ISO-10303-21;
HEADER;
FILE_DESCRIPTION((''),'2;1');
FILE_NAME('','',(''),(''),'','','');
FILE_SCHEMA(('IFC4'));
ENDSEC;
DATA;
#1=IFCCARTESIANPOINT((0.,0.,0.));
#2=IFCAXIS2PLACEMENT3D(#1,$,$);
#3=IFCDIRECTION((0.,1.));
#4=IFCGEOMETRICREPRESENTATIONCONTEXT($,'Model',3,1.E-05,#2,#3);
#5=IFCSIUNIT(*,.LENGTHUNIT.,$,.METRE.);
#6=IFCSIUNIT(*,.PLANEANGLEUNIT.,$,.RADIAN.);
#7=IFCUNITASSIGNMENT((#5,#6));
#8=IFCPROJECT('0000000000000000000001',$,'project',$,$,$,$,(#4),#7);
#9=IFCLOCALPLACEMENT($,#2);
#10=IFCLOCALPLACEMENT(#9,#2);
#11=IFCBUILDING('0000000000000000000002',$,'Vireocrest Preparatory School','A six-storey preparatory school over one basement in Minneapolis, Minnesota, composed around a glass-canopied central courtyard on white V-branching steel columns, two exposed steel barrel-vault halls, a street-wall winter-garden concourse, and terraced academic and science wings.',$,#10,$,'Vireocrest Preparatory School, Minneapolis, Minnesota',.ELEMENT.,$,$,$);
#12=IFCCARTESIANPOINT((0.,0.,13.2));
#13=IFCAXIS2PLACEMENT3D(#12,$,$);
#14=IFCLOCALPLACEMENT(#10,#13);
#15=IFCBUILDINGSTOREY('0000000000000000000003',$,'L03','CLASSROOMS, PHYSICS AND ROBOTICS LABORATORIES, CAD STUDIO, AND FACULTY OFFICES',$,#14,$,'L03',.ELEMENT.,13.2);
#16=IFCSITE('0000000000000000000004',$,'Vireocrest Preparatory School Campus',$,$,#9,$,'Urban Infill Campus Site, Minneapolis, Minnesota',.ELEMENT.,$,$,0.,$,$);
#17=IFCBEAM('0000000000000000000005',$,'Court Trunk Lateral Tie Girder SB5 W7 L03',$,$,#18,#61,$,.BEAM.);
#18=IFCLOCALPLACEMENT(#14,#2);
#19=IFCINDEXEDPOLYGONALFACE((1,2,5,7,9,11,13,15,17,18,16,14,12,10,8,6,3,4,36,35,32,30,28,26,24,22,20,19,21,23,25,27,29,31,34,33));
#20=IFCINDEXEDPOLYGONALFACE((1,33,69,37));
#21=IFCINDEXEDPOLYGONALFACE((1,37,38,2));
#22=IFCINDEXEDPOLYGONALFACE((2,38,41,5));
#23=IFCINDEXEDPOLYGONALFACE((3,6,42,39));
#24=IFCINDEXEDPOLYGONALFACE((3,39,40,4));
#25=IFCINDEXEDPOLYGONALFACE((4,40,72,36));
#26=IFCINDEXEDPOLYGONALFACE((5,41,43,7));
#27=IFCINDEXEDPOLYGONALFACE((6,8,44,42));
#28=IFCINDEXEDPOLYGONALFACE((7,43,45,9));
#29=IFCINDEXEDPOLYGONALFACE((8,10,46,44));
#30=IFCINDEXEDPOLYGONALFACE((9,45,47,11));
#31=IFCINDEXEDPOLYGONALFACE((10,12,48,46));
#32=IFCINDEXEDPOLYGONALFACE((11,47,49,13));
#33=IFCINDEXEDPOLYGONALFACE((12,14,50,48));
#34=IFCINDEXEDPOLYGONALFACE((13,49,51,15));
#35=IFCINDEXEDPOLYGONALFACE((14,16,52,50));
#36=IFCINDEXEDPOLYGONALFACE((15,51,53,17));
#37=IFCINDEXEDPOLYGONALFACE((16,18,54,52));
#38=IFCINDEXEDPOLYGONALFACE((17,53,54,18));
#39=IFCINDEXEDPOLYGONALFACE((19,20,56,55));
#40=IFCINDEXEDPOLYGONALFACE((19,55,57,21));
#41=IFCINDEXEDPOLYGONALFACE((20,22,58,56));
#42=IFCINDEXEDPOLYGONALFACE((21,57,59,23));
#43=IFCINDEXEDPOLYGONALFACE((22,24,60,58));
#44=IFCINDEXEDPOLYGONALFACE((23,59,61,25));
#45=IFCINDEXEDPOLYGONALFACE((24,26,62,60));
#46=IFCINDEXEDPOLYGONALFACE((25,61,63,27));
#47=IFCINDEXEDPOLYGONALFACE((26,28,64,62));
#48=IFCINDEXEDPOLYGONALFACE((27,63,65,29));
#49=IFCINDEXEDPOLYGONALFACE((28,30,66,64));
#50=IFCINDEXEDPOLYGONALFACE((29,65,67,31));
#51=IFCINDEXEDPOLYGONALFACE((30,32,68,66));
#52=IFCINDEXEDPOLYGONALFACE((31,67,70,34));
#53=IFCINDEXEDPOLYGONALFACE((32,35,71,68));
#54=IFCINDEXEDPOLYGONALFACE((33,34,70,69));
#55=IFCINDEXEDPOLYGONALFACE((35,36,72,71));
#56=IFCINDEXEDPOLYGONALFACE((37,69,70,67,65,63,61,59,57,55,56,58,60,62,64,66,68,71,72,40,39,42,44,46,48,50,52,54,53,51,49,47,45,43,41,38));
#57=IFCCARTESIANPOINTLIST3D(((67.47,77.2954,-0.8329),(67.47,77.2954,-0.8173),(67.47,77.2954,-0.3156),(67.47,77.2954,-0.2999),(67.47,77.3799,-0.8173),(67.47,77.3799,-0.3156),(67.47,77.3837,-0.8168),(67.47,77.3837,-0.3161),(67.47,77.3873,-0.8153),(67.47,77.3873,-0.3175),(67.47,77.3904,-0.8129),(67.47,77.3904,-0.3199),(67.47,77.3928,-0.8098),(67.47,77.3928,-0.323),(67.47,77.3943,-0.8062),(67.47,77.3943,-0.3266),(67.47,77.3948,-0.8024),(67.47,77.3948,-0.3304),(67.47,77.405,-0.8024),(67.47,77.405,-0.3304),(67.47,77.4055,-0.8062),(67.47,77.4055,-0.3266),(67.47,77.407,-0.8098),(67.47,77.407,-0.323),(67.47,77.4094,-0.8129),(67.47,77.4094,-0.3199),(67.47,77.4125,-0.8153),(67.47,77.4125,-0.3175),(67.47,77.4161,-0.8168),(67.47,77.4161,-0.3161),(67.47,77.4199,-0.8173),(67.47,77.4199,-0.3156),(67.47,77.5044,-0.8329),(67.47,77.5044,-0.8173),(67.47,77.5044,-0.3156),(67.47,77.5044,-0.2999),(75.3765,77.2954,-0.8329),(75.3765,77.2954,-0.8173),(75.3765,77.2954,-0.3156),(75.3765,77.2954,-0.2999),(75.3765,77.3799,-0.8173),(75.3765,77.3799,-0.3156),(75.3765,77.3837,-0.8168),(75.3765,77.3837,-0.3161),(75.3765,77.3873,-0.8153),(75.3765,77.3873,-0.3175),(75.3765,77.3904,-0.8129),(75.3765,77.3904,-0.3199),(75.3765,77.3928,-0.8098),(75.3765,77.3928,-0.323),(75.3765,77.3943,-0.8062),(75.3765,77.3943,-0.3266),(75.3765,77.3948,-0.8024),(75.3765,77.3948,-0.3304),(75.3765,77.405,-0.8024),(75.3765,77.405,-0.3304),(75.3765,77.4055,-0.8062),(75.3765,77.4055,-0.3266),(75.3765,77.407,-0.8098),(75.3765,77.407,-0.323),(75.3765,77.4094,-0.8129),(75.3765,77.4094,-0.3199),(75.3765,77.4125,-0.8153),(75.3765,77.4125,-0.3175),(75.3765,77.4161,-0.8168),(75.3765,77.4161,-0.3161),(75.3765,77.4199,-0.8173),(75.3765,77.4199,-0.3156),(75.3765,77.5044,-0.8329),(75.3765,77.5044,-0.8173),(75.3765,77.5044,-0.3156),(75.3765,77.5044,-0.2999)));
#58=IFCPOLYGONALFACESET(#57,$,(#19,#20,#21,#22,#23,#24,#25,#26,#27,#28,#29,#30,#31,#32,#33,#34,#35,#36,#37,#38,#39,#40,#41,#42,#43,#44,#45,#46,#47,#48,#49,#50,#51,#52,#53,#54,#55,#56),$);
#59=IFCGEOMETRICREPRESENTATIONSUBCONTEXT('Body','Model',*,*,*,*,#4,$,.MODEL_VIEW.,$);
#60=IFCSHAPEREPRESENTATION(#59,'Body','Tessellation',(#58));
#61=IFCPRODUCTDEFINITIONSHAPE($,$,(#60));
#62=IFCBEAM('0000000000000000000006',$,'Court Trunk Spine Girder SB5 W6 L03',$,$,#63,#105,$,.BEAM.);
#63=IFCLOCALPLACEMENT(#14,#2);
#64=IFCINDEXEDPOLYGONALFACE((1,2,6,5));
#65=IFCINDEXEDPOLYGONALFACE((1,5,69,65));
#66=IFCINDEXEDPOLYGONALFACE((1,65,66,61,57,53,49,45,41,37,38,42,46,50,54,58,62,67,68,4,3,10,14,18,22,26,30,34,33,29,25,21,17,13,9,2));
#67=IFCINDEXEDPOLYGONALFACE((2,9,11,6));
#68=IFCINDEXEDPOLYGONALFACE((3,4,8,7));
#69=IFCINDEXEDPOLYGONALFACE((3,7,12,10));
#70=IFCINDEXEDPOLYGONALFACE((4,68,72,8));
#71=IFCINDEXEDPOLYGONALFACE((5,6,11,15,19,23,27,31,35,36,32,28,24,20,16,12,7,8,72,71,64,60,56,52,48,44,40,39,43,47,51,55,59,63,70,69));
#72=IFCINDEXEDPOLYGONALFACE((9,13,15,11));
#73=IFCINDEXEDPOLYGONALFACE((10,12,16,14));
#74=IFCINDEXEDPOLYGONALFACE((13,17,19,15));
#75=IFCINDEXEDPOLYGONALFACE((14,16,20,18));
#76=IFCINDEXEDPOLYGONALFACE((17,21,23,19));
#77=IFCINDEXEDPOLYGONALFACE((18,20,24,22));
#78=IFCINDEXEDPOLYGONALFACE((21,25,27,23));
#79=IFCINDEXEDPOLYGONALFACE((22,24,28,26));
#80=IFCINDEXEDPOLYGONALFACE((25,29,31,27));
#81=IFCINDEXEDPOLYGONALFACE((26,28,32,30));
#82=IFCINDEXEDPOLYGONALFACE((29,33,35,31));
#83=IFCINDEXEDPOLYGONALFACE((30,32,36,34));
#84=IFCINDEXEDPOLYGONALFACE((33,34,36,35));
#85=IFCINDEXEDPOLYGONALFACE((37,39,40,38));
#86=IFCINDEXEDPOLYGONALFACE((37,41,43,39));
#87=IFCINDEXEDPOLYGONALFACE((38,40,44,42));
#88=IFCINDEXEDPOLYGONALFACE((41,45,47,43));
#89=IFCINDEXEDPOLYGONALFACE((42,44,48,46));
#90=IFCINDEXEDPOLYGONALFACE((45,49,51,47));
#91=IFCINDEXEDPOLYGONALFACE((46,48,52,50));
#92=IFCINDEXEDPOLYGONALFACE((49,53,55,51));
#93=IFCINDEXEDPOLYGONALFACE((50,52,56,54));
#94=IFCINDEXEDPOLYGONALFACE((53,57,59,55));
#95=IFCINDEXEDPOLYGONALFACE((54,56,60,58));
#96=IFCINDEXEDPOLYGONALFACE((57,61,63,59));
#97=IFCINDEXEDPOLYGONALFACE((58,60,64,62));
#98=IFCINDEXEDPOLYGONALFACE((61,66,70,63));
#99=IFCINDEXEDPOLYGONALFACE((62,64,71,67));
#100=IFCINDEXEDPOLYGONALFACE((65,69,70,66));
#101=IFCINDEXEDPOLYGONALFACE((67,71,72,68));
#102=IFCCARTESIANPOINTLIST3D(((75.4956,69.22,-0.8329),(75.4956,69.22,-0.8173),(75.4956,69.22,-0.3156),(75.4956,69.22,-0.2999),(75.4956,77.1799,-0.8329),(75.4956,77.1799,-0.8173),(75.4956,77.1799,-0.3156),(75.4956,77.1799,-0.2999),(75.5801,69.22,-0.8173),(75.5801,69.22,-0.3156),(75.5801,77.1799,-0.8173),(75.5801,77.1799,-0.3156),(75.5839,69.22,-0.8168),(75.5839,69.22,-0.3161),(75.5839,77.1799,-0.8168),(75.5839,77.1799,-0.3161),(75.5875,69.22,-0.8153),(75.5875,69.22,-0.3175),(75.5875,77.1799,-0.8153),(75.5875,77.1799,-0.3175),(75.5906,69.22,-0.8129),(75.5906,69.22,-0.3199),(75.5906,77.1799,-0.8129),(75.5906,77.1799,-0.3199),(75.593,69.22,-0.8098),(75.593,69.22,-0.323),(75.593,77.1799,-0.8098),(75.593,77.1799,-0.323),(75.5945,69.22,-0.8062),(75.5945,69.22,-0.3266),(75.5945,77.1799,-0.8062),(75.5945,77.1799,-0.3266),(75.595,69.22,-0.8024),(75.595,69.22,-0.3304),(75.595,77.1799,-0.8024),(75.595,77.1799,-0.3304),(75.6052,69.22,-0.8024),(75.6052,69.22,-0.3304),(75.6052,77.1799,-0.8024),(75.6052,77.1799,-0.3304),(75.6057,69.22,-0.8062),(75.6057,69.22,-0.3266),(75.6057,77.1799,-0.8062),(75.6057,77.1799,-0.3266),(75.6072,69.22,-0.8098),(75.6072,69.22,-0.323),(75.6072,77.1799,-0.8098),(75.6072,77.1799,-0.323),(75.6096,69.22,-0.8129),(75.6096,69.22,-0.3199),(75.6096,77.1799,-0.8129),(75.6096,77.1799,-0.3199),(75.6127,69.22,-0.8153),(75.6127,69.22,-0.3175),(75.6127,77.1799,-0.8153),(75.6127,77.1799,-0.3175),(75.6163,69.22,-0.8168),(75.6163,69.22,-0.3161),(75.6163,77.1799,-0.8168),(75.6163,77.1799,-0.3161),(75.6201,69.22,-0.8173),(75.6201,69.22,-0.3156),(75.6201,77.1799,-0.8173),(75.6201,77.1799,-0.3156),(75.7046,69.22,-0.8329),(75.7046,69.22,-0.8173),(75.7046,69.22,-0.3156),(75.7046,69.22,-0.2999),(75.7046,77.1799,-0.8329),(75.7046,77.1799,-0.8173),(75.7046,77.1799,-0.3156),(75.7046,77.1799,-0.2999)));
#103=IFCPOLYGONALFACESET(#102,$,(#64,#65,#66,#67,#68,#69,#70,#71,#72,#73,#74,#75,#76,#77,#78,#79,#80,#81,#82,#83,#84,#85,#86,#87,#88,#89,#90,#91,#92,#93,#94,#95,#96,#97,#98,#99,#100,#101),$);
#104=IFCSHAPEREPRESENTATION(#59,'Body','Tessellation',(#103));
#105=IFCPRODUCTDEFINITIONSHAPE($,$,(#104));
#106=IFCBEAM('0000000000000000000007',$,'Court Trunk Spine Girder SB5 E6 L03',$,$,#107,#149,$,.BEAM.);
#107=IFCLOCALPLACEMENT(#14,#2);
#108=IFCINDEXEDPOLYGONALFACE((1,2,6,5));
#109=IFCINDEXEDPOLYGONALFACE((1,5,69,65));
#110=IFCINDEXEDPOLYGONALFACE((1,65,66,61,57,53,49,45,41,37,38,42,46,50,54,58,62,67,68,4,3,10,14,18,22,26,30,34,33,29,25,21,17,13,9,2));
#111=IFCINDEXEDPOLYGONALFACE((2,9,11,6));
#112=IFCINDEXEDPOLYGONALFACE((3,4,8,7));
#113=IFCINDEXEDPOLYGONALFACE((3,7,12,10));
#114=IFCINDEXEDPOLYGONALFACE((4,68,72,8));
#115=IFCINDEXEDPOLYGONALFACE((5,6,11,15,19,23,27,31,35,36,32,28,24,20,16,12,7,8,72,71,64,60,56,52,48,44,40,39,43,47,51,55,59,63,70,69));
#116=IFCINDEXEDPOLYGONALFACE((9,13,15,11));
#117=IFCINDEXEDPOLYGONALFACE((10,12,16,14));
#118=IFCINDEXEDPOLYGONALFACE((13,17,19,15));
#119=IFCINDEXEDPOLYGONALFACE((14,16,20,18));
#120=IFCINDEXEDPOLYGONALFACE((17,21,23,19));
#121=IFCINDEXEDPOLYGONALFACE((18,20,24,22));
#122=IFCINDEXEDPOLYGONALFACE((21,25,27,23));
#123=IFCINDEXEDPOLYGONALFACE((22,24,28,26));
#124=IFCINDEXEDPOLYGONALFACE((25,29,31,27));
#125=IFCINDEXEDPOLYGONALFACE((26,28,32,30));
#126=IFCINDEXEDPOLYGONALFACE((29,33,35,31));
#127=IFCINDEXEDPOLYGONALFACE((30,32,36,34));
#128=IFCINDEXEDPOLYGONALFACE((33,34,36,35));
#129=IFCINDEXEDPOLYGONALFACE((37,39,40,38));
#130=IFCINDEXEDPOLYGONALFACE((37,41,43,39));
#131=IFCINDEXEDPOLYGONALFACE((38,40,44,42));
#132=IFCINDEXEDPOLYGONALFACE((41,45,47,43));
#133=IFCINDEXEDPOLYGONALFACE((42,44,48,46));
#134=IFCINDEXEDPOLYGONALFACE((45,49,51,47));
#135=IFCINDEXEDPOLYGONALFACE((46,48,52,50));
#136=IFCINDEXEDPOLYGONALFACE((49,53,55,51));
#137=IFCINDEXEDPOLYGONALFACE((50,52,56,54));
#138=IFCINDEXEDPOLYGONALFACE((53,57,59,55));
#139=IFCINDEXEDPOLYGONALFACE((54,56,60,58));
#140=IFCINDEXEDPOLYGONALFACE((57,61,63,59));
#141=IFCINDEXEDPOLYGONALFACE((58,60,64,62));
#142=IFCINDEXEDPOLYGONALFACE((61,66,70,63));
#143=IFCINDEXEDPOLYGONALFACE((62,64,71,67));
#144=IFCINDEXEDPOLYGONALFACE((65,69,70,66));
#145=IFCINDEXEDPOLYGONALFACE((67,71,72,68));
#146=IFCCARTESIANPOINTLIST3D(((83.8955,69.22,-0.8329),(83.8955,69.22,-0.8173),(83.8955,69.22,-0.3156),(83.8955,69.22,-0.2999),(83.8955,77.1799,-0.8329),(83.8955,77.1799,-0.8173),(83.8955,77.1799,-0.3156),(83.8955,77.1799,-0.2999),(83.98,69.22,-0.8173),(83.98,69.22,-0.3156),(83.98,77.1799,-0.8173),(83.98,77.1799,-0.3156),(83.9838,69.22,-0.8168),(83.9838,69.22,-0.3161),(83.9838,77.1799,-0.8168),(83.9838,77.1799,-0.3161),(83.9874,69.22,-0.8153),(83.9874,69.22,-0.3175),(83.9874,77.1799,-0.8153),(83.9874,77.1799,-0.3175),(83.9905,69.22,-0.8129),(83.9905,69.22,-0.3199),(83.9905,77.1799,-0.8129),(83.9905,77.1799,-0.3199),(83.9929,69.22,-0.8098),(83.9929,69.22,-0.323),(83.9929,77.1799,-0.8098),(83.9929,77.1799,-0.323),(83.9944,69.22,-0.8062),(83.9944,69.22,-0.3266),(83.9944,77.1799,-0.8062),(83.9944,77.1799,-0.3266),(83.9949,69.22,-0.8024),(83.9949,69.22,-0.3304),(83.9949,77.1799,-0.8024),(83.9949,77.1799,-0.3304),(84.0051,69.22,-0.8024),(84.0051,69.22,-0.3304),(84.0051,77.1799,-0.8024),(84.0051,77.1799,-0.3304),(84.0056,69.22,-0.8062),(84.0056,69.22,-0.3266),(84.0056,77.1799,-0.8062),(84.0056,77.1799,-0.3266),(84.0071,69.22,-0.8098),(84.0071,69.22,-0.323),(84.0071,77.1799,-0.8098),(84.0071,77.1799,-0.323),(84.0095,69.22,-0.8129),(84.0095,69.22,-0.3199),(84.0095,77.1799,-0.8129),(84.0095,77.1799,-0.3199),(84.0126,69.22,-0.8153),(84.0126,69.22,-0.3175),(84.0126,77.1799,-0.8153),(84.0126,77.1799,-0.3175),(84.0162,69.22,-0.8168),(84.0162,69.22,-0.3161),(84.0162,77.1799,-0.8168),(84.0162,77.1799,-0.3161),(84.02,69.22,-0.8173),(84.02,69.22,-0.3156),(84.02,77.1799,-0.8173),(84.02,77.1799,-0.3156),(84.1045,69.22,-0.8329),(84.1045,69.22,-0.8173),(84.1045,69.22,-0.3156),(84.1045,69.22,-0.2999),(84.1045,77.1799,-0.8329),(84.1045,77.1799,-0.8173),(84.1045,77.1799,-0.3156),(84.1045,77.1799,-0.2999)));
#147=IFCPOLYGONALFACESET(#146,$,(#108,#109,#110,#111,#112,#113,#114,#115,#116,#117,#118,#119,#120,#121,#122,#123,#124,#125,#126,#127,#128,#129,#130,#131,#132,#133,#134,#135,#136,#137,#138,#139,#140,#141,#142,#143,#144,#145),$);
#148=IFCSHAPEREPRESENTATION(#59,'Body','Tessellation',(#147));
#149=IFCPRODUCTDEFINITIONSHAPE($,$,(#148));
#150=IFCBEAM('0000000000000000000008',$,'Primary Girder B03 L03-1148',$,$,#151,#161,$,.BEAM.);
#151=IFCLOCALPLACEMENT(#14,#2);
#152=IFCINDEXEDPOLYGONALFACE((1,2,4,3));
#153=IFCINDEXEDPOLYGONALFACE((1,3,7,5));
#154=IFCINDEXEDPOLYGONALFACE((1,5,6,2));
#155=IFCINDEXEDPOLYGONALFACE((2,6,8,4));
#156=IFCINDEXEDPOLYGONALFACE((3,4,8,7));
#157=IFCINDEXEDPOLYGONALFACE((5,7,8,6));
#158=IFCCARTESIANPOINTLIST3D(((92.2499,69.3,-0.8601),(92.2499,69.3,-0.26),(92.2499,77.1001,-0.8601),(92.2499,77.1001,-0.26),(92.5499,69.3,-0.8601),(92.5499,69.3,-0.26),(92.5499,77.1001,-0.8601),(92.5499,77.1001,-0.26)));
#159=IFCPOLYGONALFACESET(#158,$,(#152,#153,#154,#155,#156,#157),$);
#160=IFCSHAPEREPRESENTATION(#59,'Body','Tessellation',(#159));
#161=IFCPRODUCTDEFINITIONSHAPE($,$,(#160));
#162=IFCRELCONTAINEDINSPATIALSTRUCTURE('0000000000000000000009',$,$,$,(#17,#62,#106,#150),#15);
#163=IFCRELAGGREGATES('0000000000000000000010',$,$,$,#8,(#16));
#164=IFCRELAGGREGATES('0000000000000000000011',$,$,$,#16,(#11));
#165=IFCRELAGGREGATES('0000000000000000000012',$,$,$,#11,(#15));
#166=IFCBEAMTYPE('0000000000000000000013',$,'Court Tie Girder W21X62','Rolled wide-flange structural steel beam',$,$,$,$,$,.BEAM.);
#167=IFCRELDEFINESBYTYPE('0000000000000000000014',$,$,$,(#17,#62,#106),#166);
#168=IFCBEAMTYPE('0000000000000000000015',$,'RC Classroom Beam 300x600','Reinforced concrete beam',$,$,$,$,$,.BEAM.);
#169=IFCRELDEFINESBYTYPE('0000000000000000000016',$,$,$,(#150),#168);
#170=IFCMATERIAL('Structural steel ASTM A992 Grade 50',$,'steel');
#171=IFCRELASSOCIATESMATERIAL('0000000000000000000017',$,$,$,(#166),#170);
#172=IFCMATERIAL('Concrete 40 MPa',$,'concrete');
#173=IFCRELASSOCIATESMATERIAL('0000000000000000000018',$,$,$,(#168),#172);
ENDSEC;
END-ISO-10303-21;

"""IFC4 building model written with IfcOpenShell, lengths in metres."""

from ifc_helpers import new_model, si_unit, direction, frame, origin, origin_2d, place, context, subcontext, project, spatial, rectangle, i_section, extrude, material, material_profile, profile_set, type_object, element, save


model = new_model("IFC4")

# Units and contexts
model_context = context("Model", 3, precision=1e-05, world=origin(), true_north=direction((0.0, 1.0)))
body_context = subcontext(model_context, "Body", "Model", "MODEL_VIEW")
ifc_project = project(units=[si_unit("LENGTHUNIT", "METRE"), si_unit("PLANEANGLEUNIT", "RADIAN")], contexts=[model_context])

# Site, building, storey
site_placement = place(None, origin())
site = spatial("IfcSite", under=ifc_project, at=site_placement, Name="Vireocrest Preparatory School Campus", LongName="Urban Infill Campus Site, Minneapolis, Minnesota", CompositionType="ELEMENT", RefElevation=0.0)
building_placement = place(site_placement, origin())
building = spatial("IfcBuilding", under=site, at=building_placement, Name="Vireocrest Preparatory School", Description="A six-storey preparatory school over one basement in Minneapolis, Minnesota, composed around a glass-canopied central courtyard on white V-branching steel columns, two exposed steel barrel-vault halls, a street-wall winter-garden concourse, and terraced academic and science wings.", LongName="Vireocrest Preparatory School, Minneapolis, Minnesota", CompositionType="ELEMENT")
storey_placement = place(building_placement, frame((0.0, 0.0, 13.2)))
storey = spatial("IfcBuildingStorey", under=building, at=storey_placement, Name="L03", Description="CLASSROOMS, PHYSICS AND ROBOTICS LABORATORIES, CAD STUDIO, AND FACULTY OFFICES", LongName="L03", CompositionType="ELEMENT", Elevation=13.2)

# Beams
ifc_material_1 = material(Name="Structural steel ASTM A992 Grade 50", Category="steel")
ifc_material_profile_1 = material_profile(ifc_material_1, i_section(OverallWidth=0.209, OverallDepth=0.533, WebThickness=0.0103, FlangeThickness=0.0156, FilletRadius=0.0149, at=origin_2d()), Name="W21X62")
ifc_profile_set_1 = profile_set([ifc_material_profile_1], Name="Structural steel ASTM A992 Grade 50")
beam_type_1 = type_object("IfcBeamType", Name="Court Tie Girder W21X62", Description="Rolled wide-flange structural steel beam", PredefinedType="BEAM", material=ifc_profile_set_1)
beam_1_placement = place(storey_placement, frame((67.47, 77.3999, -0.5664), z_axis=(1.0, 0.0, 0.0), x_axis=(0.0, 1.0, 0.0)))
element("IfcBeam", 1, at=beam_1_placement, inside=storey, type_object=beam_type_1, Name="Court Trunk Lateral Tie Girder SB5 W7 L03", PredefinedType="BEAM", context=body_context, shape_type="SweptSolid", body=[
    extrude(i_section(OverallWidth=0.209, OverallDepth=0.533, WebThickness=0.0103, FlangeThickness=0.0156, FilletRadius=0.0149, at=origin_2d()), origin(), (0.0, 0.0, 1.0), 7.9065),
])
for number, where, z_axis, x_axis, name in (
    (2, (75.6001, 69.22, -0.5664), (0.0, 1.0, 0.0), (-1.0, 0.0, 0.0), "Court Trunk Spine Girder SB5 W6 L03"),
    (3, (84.0, 69.22, -0.5664), (0.0, 1.0, 0.0), (-1.0, 0.0, 0.0), "Court Trunk Spine Girder SB5 E6 L03"),
):
    element("IfcBeam", number, at=place(storey_placement, frame(where, z_axis=z_axis, x_axis=x_axis)), inside=storey, type_object=beam_type_1, Name=name, PredefinedType="BEAM", context=body_context, shape_type="SweptSolid", body=[
        extrude(i_section(OverallWidth=0.209, OverallDepth=0.533, WebThickness=0.0103, FlangeThickness=0.0156, FilletRadius=0.0149, at=origin_2d()), origin(), (0.0, 0.0, 1.0), 7.96),
    ])
ifc_material_2 = material(Name="Concrete 40 MPa", Category="concrete")
ifc_material_profile_2 = material_profile(ifc_material_2, rectangle(XDim=0.3, YDim=0.6001, at=origin_2d()), Name="RC 300x600")
ifc_profile_set_2 = profile_set([ifc_material_profile_2], Name="Concrete 40 MPa")
beam_type_2 = type_object("IfcBeamType", Name="RC Classroom Beam 300x600", Description="Reinforced concrete beam", PredefinedType="BEAM", material=ifc_profile_set_2)
beam_2_placement = place(storey_placement, frame((92.3999, 69.3, -0.5601), z_axis=(0.0, 1.0, 0.0), x_axis=(-1.0, 0.0, 0.0)))
element("IfcBeam", 4, at=beam_2_placement, inside=storey, type_object=beam_type_2, Name="Primary Girder B03 L03-1148", PredefinedType="BEAM", context=body_context, shape_type="SweptSolid", body=[
    extrude(rectangle(XDim=0.3, YDim=0.6001, at=origin_2d()), origin(), (0.0, 0.0, 1.0), 7.8),
])

save(model, "model.ifc")
